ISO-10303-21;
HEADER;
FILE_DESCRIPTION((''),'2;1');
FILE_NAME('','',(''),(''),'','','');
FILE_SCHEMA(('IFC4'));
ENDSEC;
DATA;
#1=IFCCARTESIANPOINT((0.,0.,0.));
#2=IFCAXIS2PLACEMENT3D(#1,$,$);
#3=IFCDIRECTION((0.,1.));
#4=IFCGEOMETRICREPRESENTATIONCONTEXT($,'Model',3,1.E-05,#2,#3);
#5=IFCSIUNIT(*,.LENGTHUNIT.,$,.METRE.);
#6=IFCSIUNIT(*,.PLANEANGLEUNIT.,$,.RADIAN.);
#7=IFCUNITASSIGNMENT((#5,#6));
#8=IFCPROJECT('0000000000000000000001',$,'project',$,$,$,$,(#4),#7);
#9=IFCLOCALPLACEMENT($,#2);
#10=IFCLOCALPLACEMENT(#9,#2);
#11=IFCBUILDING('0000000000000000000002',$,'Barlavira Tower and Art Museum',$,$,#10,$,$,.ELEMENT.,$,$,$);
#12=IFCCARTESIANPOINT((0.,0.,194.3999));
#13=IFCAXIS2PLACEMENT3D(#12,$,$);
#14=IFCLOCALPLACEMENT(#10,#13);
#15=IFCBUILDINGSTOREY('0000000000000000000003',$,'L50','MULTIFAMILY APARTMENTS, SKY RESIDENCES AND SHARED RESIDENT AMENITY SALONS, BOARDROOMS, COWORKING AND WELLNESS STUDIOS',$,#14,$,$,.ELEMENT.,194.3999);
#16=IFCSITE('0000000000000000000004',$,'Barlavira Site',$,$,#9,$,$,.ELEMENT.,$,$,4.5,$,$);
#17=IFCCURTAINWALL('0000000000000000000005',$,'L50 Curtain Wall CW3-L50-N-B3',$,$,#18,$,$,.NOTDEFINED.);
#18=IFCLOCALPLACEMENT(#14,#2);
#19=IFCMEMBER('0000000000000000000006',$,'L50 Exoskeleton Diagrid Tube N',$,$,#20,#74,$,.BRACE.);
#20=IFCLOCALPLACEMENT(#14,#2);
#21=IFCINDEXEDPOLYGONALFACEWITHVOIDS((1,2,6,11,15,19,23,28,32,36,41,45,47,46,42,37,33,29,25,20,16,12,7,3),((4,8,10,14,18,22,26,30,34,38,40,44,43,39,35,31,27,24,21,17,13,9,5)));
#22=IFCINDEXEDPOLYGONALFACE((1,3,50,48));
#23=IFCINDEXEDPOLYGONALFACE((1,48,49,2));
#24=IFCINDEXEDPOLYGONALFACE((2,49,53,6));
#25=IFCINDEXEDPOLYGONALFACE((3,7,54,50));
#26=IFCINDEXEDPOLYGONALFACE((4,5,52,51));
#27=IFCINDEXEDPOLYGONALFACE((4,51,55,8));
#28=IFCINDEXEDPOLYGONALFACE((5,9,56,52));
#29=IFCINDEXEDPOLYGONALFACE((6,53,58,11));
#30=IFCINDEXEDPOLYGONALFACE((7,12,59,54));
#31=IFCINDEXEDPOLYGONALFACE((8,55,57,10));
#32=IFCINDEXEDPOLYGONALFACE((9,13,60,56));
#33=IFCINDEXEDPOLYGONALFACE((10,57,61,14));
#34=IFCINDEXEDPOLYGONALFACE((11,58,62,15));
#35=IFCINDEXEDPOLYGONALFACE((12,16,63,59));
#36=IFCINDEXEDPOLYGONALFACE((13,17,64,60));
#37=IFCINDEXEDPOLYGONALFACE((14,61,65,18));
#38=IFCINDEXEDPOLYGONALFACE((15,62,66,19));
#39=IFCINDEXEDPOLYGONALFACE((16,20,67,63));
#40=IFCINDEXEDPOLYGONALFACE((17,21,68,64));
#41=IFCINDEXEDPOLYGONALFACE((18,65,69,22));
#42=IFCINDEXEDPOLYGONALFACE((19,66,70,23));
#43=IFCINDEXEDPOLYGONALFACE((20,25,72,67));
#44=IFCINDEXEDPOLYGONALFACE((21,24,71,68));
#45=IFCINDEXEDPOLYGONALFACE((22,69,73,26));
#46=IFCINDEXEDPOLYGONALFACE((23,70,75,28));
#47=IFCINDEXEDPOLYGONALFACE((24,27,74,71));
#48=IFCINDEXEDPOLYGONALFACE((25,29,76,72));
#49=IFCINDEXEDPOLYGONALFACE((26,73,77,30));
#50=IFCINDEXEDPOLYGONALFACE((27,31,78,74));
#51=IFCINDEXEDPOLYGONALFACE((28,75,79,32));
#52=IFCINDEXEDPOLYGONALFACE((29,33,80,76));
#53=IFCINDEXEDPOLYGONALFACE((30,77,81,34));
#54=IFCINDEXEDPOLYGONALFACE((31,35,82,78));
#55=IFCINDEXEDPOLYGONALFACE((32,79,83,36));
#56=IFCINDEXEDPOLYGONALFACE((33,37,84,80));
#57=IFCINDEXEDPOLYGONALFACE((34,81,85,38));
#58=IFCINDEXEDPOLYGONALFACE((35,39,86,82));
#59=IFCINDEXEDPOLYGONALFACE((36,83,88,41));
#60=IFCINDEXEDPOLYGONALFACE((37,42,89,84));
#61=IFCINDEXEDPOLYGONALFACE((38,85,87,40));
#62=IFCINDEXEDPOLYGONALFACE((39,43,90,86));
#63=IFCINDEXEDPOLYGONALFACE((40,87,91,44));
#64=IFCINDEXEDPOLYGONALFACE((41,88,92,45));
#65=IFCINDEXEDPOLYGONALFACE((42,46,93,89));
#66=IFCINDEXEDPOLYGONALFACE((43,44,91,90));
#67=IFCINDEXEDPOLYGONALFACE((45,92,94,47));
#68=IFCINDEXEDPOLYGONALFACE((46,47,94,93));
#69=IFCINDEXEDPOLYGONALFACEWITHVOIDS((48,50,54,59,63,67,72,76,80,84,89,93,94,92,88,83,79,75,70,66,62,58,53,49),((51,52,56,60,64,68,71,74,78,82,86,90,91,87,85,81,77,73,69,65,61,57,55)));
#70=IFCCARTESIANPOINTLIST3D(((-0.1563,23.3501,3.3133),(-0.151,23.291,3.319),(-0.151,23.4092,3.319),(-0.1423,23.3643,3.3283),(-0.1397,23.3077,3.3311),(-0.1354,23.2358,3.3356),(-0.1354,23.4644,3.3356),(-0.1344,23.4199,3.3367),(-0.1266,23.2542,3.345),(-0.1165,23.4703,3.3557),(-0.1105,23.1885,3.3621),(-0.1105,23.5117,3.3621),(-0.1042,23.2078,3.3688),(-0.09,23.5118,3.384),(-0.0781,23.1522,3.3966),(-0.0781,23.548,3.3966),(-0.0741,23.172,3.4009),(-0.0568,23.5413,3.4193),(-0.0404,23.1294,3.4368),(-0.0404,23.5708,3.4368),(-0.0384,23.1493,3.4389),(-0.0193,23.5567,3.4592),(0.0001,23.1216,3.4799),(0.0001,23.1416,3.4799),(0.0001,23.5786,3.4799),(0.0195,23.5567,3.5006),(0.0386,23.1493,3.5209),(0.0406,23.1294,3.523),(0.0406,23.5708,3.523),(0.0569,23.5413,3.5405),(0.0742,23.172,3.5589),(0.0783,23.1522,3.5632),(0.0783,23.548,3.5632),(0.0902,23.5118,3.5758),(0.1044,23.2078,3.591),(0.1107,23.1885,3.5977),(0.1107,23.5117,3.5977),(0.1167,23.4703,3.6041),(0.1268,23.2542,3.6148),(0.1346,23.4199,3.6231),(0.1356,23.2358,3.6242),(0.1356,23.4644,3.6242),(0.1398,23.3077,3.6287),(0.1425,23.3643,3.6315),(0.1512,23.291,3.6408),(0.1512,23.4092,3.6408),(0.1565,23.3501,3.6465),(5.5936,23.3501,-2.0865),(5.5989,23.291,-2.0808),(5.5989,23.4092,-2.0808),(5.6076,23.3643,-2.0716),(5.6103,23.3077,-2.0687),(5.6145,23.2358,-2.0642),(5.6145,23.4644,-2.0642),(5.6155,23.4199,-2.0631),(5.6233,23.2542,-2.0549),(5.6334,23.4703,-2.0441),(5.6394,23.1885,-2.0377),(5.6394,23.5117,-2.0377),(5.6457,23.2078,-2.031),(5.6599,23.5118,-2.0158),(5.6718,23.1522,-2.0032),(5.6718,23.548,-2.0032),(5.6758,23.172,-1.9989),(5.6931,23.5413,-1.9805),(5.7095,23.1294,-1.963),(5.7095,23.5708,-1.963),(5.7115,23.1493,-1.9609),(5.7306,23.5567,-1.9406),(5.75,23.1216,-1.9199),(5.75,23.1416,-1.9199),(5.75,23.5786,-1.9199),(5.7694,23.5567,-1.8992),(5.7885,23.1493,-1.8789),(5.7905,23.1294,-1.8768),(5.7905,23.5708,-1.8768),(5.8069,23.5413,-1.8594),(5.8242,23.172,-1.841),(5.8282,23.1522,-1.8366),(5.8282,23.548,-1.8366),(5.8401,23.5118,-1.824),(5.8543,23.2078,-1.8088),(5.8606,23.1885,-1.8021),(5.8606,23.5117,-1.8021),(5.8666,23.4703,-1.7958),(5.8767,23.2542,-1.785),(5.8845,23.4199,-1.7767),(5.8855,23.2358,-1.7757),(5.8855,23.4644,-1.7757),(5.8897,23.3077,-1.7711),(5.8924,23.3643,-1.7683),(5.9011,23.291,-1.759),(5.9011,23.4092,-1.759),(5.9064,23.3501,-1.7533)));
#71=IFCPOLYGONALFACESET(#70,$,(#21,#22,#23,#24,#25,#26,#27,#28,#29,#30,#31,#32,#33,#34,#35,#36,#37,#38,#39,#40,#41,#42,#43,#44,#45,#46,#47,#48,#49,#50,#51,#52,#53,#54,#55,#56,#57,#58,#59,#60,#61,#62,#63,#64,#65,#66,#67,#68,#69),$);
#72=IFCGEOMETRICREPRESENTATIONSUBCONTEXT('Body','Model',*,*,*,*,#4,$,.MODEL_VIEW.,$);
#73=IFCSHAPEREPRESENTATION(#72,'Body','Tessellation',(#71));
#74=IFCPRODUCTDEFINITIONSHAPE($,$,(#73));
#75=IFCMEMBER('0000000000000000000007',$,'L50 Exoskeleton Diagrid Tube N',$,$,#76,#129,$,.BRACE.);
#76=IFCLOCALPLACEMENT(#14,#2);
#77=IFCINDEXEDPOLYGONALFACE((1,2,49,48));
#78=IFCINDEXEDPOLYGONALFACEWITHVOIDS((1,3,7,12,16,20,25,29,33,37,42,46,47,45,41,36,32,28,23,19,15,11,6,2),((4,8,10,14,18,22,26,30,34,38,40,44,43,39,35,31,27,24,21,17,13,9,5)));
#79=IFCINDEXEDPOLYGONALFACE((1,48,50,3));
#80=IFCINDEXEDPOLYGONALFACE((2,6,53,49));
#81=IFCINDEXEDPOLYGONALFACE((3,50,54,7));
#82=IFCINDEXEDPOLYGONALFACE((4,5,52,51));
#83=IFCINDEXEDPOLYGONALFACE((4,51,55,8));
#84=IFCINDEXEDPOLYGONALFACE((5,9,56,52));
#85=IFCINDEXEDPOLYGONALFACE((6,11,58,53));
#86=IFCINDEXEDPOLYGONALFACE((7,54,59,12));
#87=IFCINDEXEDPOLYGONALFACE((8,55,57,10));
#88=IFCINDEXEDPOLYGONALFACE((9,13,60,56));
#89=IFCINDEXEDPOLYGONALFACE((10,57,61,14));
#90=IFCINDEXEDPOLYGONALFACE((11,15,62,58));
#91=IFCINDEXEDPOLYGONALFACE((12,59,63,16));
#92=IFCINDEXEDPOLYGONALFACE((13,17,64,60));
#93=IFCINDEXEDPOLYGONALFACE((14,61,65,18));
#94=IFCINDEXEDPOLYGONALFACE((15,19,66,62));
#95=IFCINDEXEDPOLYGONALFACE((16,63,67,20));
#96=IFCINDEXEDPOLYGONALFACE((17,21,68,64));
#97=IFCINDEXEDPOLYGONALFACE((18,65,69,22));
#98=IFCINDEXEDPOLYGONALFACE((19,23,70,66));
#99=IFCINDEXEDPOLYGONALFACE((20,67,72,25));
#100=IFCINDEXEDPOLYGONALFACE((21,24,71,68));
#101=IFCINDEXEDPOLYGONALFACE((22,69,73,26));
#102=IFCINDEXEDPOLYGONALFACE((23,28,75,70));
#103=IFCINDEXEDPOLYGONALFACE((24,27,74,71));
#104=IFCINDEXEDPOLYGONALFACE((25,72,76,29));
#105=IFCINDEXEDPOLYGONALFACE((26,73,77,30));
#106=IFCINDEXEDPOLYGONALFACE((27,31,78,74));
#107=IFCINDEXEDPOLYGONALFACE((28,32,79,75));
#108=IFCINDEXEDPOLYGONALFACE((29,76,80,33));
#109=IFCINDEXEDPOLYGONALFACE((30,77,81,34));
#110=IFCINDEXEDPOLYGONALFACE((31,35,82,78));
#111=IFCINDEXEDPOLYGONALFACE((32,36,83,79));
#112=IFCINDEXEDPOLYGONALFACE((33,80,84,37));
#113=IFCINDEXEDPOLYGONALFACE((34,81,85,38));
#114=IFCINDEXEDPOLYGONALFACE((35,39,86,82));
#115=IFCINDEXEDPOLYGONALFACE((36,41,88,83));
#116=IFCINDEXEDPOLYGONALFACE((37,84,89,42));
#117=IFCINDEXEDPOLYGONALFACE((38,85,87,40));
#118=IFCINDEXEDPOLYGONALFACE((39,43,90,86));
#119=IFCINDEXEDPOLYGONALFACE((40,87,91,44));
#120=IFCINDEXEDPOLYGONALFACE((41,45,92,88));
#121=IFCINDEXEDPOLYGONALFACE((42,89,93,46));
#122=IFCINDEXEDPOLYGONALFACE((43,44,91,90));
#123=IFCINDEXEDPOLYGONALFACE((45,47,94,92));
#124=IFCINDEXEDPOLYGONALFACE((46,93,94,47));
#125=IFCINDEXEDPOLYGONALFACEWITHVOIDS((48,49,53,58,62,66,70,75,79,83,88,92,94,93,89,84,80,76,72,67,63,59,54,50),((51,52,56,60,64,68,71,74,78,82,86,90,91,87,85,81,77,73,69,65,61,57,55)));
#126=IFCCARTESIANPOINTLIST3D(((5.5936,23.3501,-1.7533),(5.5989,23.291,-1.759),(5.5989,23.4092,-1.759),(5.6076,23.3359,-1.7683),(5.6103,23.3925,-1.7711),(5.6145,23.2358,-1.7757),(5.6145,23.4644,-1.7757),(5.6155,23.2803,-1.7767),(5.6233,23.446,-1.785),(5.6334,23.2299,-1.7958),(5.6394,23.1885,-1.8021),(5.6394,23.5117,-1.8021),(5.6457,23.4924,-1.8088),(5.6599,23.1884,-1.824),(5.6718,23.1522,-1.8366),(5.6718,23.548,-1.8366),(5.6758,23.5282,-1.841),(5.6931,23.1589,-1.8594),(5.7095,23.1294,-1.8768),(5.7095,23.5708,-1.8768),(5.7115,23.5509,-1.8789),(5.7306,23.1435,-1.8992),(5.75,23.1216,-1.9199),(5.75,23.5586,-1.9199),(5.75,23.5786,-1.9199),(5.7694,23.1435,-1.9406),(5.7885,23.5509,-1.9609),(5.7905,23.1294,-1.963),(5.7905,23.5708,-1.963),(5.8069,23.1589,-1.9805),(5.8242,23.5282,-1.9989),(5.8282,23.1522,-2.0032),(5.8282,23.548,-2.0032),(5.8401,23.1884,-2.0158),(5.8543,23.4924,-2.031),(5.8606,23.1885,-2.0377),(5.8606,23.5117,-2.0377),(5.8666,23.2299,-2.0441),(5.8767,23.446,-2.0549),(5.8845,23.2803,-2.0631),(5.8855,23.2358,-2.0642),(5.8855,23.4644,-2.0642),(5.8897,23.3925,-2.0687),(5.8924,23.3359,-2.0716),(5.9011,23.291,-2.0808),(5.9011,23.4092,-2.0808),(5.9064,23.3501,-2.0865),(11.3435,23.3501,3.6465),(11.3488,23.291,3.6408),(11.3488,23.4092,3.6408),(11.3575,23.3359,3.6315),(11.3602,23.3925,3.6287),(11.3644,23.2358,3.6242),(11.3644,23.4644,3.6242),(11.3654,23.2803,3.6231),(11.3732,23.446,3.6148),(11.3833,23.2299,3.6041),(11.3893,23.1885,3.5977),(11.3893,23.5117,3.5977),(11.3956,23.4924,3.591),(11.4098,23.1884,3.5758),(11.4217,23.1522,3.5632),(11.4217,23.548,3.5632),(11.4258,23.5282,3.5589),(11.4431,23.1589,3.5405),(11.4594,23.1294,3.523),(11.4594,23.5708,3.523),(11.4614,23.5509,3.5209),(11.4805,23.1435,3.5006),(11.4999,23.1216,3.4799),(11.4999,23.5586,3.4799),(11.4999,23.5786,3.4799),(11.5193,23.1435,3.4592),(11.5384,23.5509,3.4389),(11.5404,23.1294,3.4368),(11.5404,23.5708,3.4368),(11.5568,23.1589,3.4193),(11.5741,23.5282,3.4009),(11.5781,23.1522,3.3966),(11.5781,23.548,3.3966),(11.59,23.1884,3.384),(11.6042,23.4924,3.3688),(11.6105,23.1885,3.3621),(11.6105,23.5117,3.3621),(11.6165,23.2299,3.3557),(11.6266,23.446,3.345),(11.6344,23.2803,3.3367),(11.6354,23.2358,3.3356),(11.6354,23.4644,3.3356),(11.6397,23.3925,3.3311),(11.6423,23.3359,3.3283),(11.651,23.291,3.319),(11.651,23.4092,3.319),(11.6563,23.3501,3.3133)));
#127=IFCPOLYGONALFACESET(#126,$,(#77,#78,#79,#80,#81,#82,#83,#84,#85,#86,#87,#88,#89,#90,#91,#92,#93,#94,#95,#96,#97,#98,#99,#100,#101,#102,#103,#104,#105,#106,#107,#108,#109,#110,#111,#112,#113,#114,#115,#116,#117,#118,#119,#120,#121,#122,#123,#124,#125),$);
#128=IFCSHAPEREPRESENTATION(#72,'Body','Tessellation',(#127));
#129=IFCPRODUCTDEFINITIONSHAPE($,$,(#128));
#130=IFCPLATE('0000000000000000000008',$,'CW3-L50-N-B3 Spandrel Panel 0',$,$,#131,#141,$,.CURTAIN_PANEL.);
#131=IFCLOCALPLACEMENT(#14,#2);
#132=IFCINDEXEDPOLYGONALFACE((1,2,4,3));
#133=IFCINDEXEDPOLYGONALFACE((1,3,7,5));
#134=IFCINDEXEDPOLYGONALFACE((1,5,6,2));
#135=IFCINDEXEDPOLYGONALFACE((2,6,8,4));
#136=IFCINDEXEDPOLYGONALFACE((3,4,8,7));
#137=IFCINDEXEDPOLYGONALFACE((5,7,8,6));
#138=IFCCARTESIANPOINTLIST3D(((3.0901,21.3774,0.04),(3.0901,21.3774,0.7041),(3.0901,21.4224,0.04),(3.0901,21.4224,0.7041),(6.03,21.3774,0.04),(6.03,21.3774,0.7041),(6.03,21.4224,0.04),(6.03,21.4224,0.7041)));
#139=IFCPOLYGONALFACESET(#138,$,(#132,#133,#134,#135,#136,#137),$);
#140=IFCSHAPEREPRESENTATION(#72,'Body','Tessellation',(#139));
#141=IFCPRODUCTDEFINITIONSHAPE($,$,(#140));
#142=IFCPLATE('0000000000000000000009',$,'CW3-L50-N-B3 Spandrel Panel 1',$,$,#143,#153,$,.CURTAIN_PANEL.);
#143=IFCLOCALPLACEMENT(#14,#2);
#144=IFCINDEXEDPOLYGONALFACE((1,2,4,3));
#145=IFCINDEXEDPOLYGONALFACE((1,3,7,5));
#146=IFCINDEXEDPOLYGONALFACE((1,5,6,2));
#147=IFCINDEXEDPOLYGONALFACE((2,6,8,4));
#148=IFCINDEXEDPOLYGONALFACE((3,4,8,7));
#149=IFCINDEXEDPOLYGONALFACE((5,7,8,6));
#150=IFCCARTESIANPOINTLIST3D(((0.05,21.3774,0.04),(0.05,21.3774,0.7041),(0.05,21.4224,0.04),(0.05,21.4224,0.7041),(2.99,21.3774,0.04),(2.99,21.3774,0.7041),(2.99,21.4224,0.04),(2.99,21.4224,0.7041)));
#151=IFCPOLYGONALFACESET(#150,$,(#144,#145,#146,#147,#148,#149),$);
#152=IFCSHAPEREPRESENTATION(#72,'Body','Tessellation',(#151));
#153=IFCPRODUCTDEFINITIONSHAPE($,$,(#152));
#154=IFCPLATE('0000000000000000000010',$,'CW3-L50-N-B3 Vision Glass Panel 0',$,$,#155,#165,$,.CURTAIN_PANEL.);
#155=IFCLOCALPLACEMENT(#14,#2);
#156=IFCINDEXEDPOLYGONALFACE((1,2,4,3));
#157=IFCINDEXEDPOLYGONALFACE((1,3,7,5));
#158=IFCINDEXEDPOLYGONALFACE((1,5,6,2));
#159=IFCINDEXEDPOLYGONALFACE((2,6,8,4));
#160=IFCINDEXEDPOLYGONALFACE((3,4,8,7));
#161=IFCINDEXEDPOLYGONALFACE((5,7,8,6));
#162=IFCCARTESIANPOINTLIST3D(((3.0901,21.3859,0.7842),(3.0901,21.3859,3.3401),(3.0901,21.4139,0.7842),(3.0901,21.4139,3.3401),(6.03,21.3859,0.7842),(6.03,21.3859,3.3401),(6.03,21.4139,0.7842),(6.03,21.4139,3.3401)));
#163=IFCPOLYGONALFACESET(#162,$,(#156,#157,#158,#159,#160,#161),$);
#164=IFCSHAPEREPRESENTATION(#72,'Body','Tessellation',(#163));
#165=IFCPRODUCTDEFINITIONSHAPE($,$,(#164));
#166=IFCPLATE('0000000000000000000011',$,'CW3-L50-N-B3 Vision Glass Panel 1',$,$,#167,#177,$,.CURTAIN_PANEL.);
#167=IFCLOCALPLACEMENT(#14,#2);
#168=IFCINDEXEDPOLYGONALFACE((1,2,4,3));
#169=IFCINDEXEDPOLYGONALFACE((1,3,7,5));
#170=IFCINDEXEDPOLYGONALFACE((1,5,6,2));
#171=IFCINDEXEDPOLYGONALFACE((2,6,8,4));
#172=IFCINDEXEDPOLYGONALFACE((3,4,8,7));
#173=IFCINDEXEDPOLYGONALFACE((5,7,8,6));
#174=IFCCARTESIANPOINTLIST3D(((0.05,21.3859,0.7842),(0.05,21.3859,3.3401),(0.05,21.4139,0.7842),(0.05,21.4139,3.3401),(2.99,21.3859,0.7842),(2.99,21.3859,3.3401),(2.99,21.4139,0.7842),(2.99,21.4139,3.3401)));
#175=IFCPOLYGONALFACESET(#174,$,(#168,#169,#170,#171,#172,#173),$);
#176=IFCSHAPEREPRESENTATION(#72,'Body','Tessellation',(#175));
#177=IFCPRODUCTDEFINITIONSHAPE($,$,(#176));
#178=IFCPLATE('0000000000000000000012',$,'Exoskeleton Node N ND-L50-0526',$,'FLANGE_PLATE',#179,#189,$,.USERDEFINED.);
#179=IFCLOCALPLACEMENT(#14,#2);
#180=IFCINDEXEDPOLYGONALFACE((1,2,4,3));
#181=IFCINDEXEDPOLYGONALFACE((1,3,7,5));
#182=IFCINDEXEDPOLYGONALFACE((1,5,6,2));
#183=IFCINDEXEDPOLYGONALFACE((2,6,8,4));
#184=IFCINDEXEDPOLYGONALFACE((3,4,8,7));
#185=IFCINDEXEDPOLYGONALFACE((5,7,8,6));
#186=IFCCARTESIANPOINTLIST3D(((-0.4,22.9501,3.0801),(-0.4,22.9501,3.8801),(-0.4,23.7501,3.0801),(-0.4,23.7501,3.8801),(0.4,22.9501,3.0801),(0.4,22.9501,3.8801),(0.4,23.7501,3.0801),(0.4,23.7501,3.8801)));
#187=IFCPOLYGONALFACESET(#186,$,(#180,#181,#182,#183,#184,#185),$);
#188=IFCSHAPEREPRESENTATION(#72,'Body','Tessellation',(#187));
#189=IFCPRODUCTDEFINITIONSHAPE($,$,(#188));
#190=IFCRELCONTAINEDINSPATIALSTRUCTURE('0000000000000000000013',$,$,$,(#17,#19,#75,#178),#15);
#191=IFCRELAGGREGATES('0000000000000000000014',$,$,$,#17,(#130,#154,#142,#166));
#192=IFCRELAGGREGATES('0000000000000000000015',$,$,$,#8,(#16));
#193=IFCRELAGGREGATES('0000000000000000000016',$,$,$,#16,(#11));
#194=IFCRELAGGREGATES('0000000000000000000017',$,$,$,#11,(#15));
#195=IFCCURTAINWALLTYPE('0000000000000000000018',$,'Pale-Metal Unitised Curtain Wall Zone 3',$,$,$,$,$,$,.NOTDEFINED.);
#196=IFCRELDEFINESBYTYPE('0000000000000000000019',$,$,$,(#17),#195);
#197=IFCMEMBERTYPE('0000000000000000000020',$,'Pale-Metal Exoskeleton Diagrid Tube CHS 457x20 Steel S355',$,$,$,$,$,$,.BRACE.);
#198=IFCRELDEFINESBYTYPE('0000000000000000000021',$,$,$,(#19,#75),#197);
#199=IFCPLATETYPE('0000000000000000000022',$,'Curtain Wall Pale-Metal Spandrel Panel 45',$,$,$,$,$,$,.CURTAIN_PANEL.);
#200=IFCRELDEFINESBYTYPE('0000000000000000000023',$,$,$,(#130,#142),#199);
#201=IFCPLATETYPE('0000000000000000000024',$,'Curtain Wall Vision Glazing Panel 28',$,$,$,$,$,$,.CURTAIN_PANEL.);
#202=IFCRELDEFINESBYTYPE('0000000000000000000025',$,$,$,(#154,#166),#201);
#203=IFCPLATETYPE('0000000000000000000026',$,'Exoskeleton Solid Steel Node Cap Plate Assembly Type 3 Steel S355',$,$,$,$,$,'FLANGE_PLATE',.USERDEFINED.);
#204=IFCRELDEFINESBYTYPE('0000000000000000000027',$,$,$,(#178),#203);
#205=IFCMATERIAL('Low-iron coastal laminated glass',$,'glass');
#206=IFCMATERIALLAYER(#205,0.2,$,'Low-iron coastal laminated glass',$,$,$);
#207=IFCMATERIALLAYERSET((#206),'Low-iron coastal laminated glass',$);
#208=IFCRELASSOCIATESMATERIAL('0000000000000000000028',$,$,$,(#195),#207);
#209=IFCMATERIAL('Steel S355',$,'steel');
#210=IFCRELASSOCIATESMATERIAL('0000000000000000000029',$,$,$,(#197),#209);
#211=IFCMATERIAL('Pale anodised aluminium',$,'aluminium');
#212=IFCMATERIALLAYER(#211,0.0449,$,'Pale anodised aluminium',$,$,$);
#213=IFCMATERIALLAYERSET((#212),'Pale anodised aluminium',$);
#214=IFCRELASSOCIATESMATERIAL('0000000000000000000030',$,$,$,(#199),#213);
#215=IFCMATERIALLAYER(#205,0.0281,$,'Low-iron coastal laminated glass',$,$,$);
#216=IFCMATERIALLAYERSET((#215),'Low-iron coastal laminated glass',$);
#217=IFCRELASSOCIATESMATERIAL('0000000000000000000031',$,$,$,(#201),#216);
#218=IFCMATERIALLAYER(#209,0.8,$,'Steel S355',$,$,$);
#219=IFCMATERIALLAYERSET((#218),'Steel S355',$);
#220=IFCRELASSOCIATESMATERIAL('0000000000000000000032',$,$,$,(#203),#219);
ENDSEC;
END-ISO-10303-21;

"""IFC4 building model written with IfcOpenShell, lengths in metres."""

from ifc_helpers import new_model, si_unit, direction, frame, origin, origin_2d, place, context, subcontext, project, spatial, rectangle, hollow_circle, extrude, material, layer, layer_set, material_profile, profile_set, type_object, element, aggregate, save


model = new_model("IFC4")

# Units and contexts
model_context = context("Model", 3, precision=1e-05, world=origin(), true_north=direction((0.0, 1.0)))
body_context = subcontext(model_context, "Body", "Model", "MODEL_VIEW")
ifc_project = project(units=[si_unit("LENGTHUNIT", "METRE"), si_unit("PLANEANGLEUNIT", "RADIAN")], contexts=[model_context])

# Site, building, storey
site_placement = place(None, origin())
site = spatial("IfcSite", under=ifc_project, at=site_placement, Name="Barlavira Site", CompositionType="ELEMENT", RefElevation=4.5)
building_placement = place(site_placement, origin())
building = spatial("IfcBuilding", under=site, at=building_placement, Name="Barlavira Tower and Art Museum", CompositionType="ELEMENT")
storey_placement = place(building_placement, frame((0.0, 0.0, 194.3999)))
storey = spatial("IfcBuildingStorey", under=building, at=storey_placement, Name="L50", Description="MULTIFAMILY APARTMENTS, SKY RESIDENCES AND SHARED RESIDENT AMENITY SALONS, BOARDROOMS, COWORKING AND WELLNESS STUDIOS", CompositionType="ELEMENT", Elevation=194.3999)

# Curtain wall
ifc_material_1 = material(Name="Low-iron coastal laminated glass", Category="glass")
ifc_layer_1 = layer(ifc_material_1, 0.2, Name="Low-iron coastal laminated glass")
ifc_layer_set_1 = layer_set([ifc_layer_1], Name="Low-iron coastal laminated glass")
curtain_wall_type = type_object("IfcCurtainWallType", Name="Pale-Metal Unitised Curtain Wall Zone 3", PredefinedType="NOTDEFINED", material=ifc_layer_set_1)
curtain_wall_placement = place(storey_placement, origin())
curtain_wall = element("IfcCurtainWall", 1, at=curtain_wall_placement, inside=storey, type_object=curtain_wall_type, Name="L50 Curtain Wall CW3-L50-N-B3", PredefinedType="NOTDEFINED")
ifc_material_2 = material(Name="Pale anodised aluminium", Category="aluminium")

# Members
ifc_material_3 = material(Name="Steel S355", Category="steel")
ifc_material_profile_1 = material_profile(ifc_material_3, hollow_circle(Radius=0.2285, WallThickness=0.02, at=origin_2d()), Name="CHS 457.0x20.0")
ifc_profile_set_1 = profile_set([ifc_material_profile_1], Name="Steel S355")
member_type_1 = type_object("IfcMemberType", Name="Pale-Metal Exoskeleton Diagrid Tube CHS 457x20 Steel S355", PredefinedType="BRACE", material=ifc_profile_set_1)
for number, where, z_axis, x_axis, name in (
    (2, (5.75, 23.3501, -1.9199), (-0.72895, 0.0, 0.684567), (0.0, -1.0, 0.0), "L50 Exoskeleton Diagrid Tube N"),
    (3, (5.75, 23.3501, -1.9199), (0.72895, 0.0, 0.684567), (0.0, 1.0, 0.0), "L50 Exoskeleton Diagrid Tube N"),
):
    element("IfcMember", number, at=place(storey_placement, frame(where, z_axis=z_axis, x_axis=x_axis)), inside=storey, type_object=member_type_1, Name=name, PredefinedType="BRACE", context=body_context, shape_type="SweptSolid", body=[
        extrude(hollow_circle(Radius=0.2285, WallThickness=0.02, at=origin_2d()), origin(), (0.0, 0.0, 1.0), 7.8879),
    ])

# Plates
ifc_layer_2 = layer(ifc_material_2, 0.0449, Name="Pale anodised aluminium")
ifc_layer_set_2 = layer_set([ifc_layer_2], Name="Pale anodised aluminium")
plate_type_1 = type_object("IfcPlateType", Name="Curtain Wall Pale-Metal Spandrel Panel 45", PredefinedType="CURTAIN_PANEL", material=ifc_layer_set_2)
plate_1_placement = place(storey_placement, frame((4.5601, 21.3999, 0.04), z_axis=(0.0, 0.0, 1.0), x_axis=(-1.0, 0.0, 0.0)))
plate_1 = element("IfcPlate", 4, at=plate_1_placement, type_object=plate_type_1, Name="CW3-L50-N-B3 Spandrel Panel 0", PredefinedType="CURTAIN_PANEL", context=body_context, shape_type="SweptSolid", body=[
    extrude(rectangle(XDim=2.9399, YDim=0.0449, at=origin_2d()), origin(), (0.0, 0.0, 1.0), 0.6641),
])
plate_2_placement = place(storey_placement, frame((1.52, 21.3999, 0.04), z_axis=(0.0, 0.0, 1.0), x_axis=(-1.0, 0.0, 0.0)))
plate_2 = element("IfcPlate", 5, at=plate_2_placement, type_object=plate_type_1, Name="CW3-L50-N-B3 Spandrel Panel 1", PredefinedType="CURTAIN_PANEL", context=body_context, shape_type="SweptSolid", body=[
    extrude(rectangle(XDim=2.9399, YDim=0.0449, at=origin_2d()), origin(), (0.0, 0.0, 1.0), 0.6641),
])
ifc_layer_3 = layer(ifc_material_1, 0.0281, Name="Low-iron coastal laminated glass")
ifc_layer_set_3 = layer_set([ifc_layer_3], Name="Low-iron coastal laminated glass")
plate_type_2 = type_object("IfcPlateType", Name="Curtain Wall Vision Glazing Panel 28", PredefinedType="CURTAIN_PANEL", material=ifc_layer_set_3)
plate_3_placement = place(storey_placement, frame((4.5601, 21.3999, 0.7842), z_axis=(0.0, 0.0, 1.0), x_axis=(-1.0, 0.0, 0.0)))
plate_3 = element("IfcPlate", 6, at=plate_3_placement, type_object=plate_type_2, Name="CW3-L50-N-B3 Vision Glass Panel 0", PredefinedType="CURTAIN_PANEL", context=body_context, shape_type="SweptSolid", body=[
    extrude(rectangle(XDim=2.9399, YDim=0.0281, at=origin_2d()), origin(), (0.0, 0.0, 1.0), 2.5559),
])
plate_4_placement = place(storey_placement, frame((1.52, 21.3999, 0.7842), z_axis=(0.0, 0.0, 1.0), x_axis=(-1.0, 0.0, 0.0)))
plate_4 = element("IfcPlate", 7, at=plate_4_placement, type_object=plate_type_2, Name="CW3-L50-N-B3 Vision Glass Panel 1", PredefinedType="CURTAIN_PANEL", context=body_context, shape_type="SweptSolid", body=[
    extrude(rectangle(XDim=2.9399, YDim=0.0281, at=origin_2d()), origin(), (0.0, 0.0, 1.0), 2.5559),
])
aggregate(curtain_wall, [plate_1, plate_3, plate_2, plate_4])
ifc_layer_4 = layer(ifc_material_3, 0.8, Name="Steel S355")
ifc_layer_set_4 = layer_set([ifc_layer_4], Name="Steel S355")
plate_type_3 = type_object("IfcPlateType", Name="Exoskeleton Solid Steel Node Cap Plate Assembly Type 3 Steel S355", ElementType="FLANGE_PLATE", PredefinedType="USERDEFINED", material=ifc_layer_set_4)
plate_5_placement = place(storey_placement, frame((0.0, 23.3501, 3.0801), z_axis=(0.0, 0.0, 1.0), x_axis=(1.0, 0.0, 0.0)))
element("IfcPlate", 8, at=plate_5_placement, inside=storey, type_object=plate_type_3, Name="Exoskeleton Node N ND-L50-0526", ObjectType="FLANGE_PLATE", PredefinedType="USERDEFINED", context=body_context, shape_type="SweptSolid", body=[
    extrude(rectangle(XDim=0.8, YDim=0.8, at=origin_2d()), origin(), (0.0, 0.0, 1.0), 0.8),
])

save(model, "model.ifc")
